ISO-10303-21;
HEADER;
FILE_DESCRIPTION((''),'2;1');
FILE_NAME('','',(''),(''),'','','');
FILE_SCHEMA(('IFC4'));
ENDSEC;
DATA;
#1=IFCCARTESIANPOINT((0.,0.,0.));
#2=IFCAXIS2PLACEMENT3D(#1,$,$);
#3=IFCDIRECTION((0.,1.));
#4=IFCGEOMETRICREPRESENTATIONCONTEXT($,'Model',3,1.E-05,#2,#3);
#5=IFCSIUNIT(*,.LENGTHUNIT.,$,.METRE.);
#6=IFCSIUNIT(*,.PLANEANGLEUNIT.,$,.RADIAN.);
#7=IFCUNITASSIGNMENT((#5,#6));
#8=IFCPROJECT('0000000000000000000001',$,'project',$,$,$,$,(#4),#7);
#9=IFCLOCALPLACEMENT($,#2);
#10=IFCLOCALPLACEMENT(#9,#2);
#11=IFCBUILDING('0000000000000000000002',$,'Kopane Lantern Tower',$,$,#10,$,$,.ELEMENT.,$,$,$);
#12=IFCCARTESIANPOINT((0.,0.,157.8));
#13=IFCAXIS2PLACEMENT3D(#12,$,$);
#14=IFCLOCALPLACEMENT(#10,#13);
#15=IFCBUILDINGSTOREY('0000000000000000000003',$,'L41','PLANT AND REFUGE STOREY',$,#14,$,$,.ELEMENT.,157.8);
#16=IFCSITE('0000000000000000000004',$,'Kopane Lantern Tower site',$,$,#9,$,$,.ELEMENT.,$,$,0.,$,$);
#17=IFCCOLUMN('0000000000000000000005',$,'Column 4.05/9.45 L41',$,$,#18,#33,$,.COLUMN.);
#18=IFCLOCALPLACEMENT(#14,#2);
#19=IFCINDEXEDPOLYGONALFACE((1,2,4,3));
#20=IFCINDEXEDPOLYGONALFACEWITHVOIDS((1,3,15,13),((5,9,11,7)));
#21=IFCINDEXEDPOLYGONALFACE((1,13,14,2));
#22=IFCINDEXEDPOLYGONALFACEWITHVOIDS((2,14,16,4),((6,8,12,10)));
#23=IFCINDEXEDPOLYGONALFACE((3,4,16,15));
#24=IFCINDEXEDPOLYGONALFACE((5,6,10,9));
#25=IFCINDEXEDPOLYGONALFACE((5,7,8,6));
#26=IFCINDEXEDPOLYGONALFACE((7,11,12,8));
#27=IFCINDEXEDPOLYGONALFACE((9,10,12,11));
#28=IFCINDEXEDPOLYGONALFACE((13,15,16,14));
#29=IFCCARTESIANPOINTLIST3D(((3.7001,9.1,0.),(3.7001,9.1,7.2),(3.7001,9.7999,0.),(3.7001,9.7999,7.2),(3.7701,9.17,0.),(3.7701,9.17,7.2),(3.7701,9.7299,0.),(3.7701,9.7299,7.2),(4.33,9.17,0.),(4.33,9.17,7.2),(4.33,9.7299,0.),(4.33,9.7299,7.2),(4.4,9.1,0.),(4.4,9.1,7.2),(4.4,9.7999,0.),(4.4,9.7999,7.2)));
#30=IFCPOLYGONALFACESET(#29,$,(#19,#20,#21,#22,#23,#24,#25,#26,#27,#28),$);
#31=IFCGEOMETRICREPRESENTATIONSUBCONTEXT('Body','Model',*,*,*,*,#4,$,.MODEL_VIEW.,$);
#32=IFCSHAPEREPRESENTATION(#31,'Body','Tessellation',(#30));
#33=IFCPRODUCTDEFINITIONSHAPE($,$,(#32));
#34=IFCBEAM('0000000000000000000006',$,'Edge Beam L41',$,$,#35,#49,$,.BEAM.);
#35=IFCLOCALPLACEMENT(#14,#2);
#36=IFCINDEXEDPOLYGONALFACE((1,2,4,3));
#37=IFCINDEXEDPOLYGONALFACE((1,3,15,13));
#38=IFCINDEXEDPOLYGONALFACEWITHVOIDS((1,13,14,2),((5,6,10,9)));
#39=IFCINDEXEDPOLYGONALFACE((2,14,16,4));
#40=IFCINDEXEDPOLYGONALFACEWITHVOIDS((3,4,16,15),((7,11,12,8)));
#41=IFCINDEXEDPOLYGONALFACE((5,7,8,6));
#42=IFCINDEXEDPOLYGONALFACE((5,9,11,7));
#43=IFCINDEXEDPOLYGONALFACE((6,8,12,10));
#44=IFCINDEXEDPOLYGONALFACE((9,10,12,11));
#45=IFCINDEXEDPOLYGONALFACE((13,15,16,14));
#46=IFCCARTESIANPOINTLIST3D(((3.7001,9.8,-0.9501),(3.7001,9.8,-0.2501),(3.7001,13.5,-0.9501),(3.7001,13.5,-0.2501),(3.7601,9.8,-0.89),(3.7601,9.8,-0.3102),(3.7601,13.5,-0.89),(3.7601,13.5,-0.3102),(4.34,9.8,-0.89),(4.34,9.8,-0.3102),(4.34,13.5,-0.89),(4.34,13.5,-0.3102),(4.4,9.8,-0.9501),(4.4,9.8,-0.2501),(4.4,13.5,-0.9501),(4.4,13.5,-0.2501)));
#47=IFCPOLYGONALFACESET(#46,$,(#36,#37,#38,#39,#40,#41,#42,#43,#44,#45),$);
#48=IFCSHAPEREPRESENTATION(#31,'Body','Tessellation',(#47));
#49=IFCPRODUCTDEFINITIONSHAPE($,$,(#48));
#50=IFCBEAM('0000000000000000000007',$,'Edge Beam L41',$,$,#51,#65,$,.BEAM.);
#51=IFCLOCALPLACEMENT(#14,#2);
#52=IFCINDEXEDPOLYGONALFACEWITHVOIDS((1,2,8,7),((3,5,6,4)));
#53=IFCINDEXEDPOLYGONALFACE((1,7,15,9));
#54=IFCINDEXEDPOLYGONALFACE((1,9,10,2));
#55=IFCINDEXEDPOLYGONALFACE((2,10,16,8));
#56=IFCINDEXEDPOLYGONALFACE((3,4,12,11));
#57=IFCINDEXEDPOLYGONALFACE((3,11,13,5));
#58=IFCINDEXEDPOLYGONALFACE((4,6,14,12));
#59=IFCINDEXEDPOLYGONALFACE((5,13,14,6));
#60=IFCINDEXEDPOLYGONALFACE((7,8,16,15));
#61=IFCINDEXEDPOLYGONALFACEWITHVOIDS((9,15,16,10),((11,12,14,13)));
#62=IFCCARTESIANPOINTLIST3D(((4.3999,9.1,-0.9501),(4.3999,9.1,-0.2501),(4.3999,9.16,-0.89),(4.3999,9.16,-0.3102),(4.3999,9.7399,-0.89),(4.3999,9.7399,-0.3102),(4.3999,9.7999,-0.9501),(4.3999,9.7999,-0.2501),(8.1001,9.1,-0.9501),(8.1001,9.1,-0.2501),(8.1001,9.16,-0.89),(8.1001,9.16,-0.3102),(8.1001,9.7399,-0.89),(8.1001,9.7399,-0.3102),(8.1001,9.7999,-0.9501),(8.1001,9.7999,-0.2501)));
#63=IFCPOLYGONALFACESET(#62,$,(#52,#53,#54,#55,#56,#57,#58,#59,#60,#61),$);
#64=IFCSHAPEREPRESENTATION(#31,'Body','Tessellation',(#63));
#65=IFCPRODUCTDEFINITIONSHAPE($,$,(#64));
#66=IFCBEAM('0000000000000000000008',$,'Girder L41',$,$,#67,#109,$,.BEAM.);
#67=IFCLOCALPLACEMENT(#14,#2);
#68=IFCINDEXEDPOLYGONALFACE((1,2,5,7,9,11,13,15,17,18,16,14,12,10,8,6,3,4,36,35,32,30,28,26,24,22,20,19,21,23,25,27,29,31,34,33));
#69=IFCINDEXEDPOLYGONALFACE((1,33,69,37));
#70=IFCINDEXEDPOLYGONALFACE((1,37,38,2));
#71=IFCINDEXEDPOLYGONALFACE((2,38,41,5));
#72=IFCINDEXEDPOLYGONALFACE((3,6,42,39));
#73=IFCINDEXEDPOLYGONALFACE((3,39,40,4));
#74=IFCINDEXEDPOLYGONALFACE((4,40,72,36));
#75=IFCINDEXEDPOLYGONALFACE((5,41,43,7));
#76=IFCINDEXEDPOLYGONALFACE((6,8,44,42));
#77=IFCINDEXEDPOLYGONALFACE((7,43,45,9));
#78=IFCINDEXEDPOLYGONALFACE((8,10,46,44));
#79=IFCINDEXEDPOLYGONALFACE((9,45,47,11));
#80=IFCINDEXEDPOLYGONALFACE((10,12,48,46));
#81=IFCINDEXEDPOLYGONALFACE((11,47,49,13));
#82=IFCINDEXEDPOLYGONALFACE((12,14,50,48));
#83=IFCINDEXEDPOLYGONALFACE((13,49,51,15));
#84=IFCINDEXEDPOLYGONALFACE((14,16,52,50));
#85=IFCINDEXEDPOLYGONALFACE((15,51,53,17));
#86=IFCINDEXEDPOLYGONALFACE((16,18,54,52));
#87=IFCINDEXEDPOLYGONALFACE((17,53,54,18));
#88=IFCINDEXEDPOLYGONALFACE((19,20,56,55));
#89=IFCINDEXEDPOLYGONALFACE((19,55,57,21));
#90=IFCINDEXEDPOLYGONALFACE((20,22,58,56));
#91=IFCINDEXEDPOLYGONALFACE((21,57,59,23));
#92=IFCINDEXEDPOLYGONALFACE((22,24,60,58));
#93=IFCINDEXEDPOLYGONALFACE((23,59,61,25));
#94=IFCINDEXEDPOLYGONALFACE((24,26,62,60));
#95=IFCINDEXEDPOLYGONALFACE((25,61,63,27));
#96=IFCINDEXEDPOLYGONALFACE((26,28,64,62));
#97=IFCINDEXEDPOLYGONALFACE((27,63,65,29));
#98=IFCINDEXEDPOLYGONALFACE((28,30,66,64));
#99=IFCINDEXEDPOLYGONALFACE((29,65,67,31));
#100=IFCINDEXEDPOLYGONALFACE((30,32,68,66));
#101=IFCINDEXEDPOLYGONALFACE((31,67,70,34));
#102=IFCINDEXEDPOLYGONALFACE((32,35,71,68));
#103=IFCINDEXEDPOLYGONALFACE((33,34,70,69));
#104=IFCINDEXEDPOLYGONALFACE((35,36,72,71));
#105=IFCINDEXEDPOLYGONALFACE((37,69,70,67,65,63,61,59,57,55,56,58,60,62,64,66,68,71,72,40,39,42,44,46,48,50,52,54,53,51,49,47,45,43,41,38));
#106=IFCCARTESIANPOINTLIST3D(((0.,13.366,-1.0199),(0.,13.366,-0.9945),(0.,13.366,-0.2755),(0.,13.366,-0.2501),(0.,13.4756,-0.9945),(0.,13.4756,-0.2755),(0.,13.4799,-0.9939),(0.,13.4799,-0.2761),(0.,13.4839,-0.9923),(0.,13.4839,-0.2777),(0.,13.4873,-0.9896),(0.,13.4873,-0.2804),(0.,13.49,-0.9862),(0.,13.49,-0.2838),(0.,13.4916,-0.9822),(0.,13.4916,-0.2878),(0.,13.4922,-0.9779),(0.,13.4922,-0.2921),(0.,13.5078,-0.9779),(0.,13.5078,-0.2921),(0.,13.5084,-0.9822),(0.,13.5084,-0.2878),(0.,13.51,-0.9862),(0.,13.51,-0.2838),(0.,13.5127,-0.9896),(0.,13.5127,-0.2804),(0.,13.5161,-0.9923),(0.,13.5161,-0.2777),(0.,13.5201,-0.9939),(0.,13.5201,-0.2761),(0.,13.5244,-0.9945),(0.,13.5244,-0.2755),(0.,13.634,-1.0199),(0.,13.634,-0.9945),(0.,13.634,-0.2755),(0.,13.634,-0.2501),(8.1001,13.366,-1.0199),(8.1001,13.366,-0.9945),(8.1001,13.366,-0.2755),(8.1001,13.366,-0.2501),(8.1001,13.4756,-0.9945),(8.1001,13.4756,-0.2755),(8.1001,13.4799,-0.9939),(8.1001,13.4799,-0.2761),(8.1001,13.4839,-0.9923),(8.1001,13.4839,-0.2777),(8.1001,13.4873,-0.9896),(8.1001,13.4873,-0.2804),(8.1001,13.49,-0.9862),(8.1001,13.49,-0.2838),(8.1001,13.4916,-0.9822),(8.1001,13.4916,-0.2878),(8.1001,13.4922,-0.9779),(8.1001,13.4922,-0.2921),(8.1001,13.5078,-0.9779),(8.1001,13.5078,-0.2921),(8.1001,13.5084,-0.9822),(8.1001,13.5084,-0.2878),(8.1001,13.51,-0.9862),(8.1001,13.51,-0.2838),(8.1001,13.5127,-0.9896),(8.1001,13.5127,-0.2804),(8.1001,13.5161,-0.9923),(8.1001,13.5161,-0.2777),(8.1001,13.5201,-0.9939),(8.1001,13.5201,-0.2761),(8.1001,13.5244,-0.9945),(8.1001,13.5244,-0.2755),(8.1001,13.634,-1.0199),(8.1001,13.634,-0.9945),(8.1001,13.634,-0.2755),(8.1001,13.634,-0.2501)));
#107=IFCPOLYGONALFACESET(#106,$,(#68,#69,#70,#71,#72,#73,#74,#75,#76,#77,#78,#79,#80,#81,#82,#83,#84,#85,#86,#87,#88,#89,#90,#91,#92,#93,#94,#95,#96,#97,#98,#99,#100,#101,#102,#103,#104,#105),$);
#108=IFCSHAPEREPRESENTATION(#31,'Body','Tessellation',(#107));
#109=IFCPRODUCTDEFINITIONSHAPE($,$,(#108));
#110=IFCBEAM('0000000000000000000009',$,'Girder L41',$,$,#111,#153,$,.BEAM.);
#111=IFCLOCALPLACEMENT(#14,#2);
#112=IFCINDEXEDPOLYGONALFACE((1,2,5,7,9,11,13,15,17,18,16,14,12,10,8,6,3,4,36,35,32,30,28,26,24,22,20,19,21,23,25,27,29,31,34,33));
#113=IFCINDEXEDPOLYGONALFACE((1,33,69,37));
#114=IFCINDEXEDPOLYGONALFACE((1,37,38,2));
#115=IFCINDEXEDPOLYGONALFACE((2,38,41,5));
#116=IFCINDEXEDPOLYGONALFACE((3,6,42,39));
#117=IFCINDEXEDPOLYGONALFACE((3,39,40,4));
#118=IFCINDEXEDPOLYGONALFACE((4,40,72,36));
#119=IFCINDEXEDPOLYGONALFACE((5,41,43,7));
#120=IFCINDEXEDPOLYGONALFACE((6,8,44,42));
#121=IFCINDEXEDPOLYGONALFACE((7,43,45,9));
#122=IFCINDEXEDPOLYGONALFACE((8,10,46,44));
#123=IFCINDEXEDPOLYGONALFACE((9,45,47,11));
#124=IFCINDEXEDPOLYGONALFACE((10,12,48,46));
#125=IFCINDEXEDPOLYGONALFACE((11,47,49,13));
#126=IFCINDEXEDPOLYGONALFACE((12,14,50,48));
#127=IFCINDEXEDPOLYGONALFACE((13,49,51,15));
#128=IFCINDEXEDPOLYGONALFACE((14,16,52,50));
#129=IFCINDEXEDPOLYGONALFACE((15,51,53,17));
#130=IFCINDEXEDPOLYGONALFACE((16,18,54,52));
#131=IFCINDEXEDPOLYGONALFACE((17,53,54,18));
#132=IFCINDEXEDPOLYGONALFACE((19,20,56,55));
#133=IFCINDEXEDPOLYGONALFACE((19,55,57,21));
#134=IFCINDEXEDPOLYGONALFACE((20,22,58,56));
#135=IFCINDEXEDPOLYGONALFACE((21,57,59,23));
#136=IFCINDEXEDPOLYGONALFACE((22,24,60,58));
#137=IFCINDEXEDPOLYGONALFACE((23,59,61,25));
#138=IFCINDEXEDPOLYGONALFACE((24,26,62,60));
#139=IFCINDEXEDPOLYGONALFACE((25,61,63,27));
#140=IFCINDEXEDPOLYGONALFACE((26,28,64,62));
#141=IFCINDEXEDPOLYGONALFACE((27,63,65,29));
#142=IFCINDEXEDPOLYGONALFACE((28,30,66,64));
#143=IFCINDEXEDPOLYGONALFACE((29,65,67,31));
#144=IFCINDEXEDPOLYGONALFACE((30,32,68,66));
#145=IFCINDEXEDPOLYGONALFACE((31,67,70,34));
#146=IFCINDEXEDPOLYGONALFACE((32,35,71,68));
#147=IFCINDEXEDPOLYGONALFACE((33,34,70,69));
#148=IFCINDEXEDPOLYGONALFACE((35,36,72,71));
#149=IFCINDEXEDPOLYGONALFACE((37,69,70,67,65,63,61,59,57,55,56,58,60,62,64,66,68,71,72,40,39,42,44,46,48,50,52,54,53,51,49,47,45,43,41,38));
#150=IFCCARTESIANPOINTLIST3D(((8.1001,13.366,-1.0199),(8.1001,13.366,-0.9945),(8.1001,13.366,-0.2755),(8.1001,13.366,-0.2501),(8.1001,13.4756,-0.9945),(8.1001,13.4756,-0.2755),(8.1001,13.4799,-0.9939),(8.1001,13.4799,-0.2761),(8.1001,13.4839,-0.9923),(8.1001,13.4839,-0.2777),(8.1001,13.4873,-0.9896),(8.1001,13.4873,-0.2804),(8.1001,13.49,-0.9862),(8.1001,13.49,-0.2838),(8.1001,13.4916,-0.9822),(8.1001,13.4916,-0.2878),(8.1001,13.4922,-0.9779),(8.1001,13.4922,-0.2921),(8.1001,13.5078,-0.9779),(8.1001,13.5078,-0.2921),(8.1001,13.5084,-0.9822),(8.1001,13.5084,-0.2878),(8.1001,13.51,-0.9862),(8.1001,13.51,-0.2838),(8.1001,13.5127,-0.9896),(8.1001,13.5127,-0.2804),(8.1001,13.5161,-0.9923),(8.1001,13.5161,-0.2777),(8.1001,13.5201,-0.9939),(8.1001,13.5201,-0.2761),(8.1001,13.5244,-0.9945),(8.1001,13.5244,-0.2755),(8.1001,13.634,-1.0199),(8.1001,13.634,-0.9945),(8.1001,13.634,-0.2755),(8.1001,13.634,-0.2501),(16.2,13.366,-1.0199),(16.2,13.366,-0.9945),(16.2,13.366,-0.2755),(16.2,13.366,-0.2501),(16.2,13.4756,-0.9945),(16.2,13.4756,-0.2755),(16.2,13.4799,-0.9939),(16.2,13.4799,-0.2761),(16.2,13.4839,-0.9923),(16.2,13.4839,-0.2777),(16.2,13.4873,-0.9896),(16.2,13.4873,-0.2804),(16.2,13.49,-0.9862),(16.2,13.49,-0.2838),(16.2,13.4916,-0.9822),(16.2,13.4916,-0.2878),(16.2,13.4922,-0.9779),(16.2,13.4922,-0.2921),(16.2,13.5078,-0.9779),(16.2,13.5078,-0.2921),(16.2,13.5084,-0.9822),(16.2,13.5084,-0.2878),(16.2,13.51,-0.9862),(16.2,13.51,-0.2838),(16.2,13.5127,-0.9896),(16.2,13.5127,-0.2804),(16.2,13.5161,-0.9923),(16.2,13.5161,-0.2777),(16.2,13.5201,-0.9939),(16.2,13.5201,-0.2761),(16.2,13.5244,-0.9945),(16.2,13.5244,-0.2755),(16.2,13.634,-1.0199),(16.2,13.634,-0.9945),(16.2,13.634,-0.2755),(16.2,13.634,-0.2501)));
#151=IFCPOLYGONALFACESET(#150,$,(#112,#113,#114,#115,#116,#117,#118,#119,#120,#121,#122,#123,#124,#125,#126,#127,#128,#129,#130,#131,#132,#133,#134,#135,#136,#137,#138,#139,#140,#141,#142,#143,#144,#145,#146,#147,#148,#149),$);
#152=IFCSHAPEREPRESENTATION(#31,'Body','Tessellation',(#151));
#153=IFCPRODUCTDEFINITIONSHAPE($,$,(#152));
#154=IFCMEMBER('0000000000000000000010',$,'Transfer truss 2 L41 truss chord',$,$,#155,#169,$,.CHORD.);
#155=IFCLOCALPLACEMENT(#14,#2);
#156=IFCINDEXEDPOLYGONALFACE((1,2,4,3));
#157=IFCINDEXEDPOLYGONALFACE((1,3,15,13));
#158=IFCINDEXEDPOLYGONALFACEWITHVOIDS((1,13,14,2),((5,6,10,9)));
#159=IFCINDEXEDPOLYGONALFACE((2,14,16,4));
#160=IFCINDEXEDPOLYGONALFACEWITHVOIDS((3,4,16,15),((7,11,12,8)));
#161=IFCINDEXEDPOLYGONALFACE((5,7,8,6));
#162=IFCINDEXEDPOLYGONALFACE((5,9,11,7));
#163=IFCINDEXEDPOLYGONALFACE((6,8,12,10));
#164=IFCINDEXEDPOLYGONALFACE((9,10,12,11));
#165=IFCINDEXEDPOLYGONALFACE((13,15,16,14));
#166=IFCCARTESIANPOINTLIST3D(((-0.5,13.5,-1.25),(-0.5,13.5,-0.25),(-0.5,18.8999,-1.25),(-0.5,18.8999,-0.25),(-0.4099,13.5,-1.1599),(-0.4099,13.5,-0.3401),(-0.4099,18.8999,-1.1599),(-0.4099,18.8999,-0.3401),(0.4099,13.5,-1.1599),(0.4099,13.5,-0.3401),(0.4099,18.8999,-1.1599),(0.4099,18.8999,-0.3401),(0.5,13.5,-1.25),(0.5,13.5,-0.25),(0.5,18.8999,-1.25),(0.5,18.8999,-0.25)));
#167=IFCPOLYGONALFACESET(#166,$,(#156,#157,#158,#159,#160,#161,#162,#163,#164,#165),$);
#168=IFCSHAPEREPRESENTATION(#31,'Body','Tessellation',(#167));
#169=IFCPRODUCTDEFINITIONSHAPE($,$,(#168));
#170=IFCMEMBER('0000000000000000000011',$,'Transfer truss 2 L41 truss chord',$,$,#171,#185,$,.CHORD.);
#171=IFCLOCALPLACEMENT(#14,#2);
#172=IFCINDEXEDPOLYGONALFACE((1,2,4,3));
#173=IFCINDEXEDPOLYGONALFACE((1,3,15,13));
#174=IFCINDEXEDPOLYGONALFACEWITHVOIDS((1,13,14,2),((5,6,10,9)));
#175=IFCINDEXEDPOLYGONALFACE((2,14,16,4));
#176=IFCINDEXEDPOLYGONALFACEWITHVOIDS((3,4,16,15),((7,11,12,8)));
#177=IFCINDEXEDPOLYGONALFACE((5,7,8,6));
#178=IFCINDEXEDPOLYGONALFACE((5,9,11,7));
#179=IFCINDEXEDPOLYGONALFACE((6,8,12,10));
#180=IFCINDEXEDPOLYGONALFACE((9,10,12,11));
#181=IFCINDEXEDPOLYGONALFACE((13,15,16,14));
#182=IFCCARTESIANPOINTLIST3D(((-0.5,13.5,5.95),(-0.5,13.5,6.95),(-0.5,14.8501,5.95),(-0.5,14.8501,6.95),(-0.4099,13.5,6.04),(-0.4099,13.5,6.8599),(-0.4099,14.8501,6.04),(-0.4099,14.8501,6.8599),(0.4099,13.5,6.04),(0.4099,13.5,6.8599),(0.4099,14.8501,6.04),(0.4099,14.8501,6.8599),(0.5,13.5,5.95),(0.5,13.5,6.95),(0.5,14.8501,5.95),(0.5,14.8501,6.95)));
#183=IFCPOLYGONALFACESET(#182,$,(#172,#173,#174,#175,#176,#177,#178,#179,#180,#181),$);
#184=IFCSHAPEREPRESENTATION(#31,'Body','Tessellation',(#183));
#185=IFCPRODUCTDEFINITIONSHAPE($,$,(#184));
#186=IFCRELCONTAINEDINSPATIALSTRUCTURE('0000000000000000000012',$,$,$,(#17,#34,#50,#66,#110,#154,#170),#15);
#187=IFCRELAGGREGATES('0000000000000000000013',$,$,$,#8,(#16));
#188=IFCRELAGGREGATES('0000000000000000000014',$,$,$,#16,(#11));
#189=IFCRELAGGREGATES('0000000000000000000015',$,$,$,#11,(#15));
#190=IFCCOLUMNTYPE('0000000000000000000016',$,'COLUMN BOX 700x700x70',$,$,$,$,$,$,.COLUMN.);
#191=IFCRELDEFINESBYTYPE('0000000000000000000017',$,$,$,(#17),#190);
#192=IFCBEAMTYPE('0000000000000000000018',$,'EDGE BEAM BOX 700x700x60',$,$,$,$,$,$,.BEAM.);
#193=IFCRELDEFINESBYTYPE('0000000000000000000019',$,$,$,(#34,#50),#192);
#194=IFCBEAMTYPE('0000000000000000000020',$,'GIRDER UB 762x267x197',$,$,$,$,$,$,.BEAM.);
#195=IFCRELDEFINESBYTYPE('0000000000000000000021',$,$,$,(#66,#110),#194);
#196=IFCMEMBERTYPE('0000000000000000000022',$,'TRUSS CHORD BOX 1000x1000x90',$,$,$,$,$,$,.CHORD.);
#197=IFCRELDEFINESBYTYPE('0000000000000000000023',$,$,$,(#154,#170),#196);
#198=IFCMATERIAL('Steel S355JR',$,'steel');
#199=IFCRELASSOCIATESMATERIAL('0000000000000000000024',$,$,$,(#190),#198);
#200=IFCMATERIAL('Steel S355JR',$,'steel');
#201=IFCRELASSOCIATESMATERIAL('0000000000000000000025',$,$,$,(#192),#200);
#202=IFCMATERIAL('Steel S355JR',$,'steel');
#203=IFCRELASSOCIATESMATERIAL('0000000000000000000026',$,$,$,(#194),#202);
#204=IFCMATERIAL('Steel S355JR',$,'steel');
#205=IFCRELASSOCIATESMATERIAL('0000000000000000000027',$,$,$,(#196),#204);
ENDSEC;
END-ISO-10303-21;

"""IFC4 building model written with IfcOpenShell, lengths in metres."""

from ifc_helpers import new_model, si_unit, direction, frame, origin, origin_2d, place, context, subcontext, project, spatial, hollow_rectangle, i_section, extrude, material, material_profile, profile_set, type_object, element, save


model = new_model("IFC4")

# Units and contexts
model_context = context("Model", 3, precision=1e-05, world=origin(), true_north=direction((0.0, 1.0)))
body_context = subcontext(model_context, "Body", "Model", "MODEL_VIEW")
ifc_project = project(units=[si_unit("LENGTHUNIT", "METRE"), si_unit("PLANEANGLEUNIT", "RADIAN")], contexts=[model_context])

# Site, building, storey
site_placement = place(None, origin())
site = spatial("IfcSite", under=ifc_project, at=site_placement, Name="Kopane Lantern Tower site", CompositionType="ELEMENT", RefElevation=0.0)
building_placement = place(site_placement, origin())
building = spatial("IfcBuilding", under=site, at=building_placement, Name="Kopane Lantern Tower", CompositionType="ELEMENT")
storey_placement = place(building_placement, frame((0.0, 0.0, 157.8)))
storey = spatial("IfcBuildingStorey", under=building, at=storey_placement, Name="L41", Description="PLANT AND REFUGE STOREY", CompositionType="ELEMENT", Elevation=157.8)

# Column
ifc_material_1 = material(Name="Steel S355JR", Category="steel")
ifc_material_profile_1 = material_profile(ifc_material_1, hollow_rectangle(XDim=0.7, YDim=0.7, WallThickness=0.0701, at=origin_2d()), Name="BOX 700x700x70")
ifc_profile_set_1 = profile_set([ifc_material_profile_1], Name="Steel S355JR")
column_type = type_object("IfcColumnType", Name="COLUMN BOX 700x700x70", PredefinedType="COLUMN", material=ifc_profile_set_1)
column_placement = place(storey_placement, frame((4.05, 9.45, 0.0), z_axis=(0.0, 0.0, 1.0), x_axis=(1.0, 0.0, 0.0)))
element("IfcColumn", 1, at=column_placement, inside=storey, type_object=column_type, Name="Column 4.05/9.45 L41", PredefinedType="COLUMN", context=body_context, shape_type="SweptSolid", body=[
    extrude(hollow_rectangle(XDim=0.7, YDim=0.7, WallThickness=0.0701, at=origin_2d()), origin(), (0.0, 0.0, 1.0), 7.2),
])

# Beams
ifc_material_2 = material(Name="Steel S355JR", Category="steel")
ifc_material_profile_2 = material_profile(ifc_material_2, hollow_rectangle(XDim=0.7, YDim=0.7, WallThickness=0.0601, at=origin_2d()), Name="BOX 700x700x60")
ifc_profile_set_2 = profile_set([ifc_material_profile_2], Name="Steel S355JR")
beam_type_1 = type_object("IfcBeamType", Name="EDGE BEAM BOX 700x700x60", PredefinedType="BEAM", material=ifc_profile_set_2)
beam_1_placement = place(storey_placement, frame((4.05, 9.8, -0.6001), z_axis=(0.0, 1.0, 0.0), x_axis=(-1.0, 0.0, 0.0)))
element("IfcBeam", 2, at=beam_1_placement, inside=storey, type_object=beam_type_1, Name="Edge Beam L41", PredefinedType="BEAM", context=body_context, shape_type="SweptSolid", body=[
    extrude(hollow_rectangle(XDim=0.7, YDim=0.7, WallThickness=0.0601, at=origin_2d()), origin(), (0.0, 0.0, 1.0), 3.7),
])
beam_2_placement = place(storey_placement, frame((4.3999, 9.45, -0.6001), z_axis=(1.0, 0.0, 0.0), x_axis=(0.0, 1.0, 0.0)))
element("IfcBeam", 3, at=beam_2_placement, inside=storey, type_object=beam_type_1, Name="Edge Beam L41", PredefinedType="BEAM", context=body_context, shape_type="SweptSolid", body=[
    extrude(hollow_rectangle(XDim=0.7, YDim=0.7, WallThickness=0.0601, at=origin_2d()), origin(), (0.0, 0.0, 1.0), 3.7002),
])
ifc_material_3 = material(Name="Steel S355JR", Category="steel")
ifc_material_profile_3 = material_profile(ifc_material_3, i_section(OverallWidth=0.2681, OverallDepth=0.7698, WebThickness=0.0156, FlangeThickness=0.0254, FilletRadius=0.0166, at=origin_2d()), Name="UB 762x267x197")
ifc_profile_set_3 = profile_set([ifc_material_profile_3], Name="Steel S355JR")
beam_type_2 = type_object("IfcBeamType", Name="GIRDER UB 762x267x197", PredefinedType="BEAM", material=ifc_profile_set_3)
beam_3_placement = place(storey_placement, frame((0.0, 13.5, -0.635), z_axis=(1.0, 0.0, 0.0), x_axis=(0.0, 1.0, 0.0)))
element("IfcBeam", 4, at=beam_3_placement, inside=storey, type_object=beam_type_2, Name="Girder L41", PredefinedType="BEAM", context=body_context, shape_type="SweptSolid", body=[
    extrude(i_section(OverallWidth=0.2681, OverallDepth=0.7698, WebThickness=0.0156, FlangeThickness=0.0254, FilletRadius=0.0166, at=origin_2d()), origin(), (0.0, 0.0, 1.0), 8.1001),
])
beam_4_placement = place(storey_placement, frame((8.1001, 13.5, -0.635), z_axis=(1.0, 0.0, 0.0), x_axis=(0.0, 1.0, 0.0)))
element("IfcBeam", 5, at=beam_4_placement, inside=storey, type_object=beam_type_2, Name="Girder L41", PredefinedType="BEAM", context=body_context, shape_type="SweptSolid", body=[
    extrude(i_section(OverallWidth=0.2681, OverallDepth=0.7698, WebThickness=0.0156, FlangeThickness=0.0254, FilletRadius=0.0166, at=origin_2d()), origin(), (0.0, 0.0, 1.0), 8.0999),
])

# Members
ifc_material_4 = material(Name="Steel S355JR", Category="steel")
ifc_material_profile_4 = material_profile(ifc_material_4, hollow_rectangle(XDim=1.0, YDim=1.0, WallThickness=0.0901, at=origin_2d()), Name="BOX 1000x1000x90")
ifc_profile_set_4 = profile_set([ifc_material_profile_4], Name="Steel S355JR")
member_type_1 = type_object("IfcMemberType", Name="TRUSS CHORD BOX 1000x1000x90", PredefinedType="CHORD", material=ifc_profile_set_4)
member_1_placement = place(storey_placement, frame((0.0, 13.5, -0.75), z_axis=(0.0, 1.0, 0.0), x_axis=(-1.0, 0.0, 0.0)))
element("IfcMember", 6, at=member_1_placement, inside=storey, type_object=member_type_1, Name="Transfer truss 2 L41 truss chord", PredefinedType="CHORD", context=body_context, shape_type="SweptSolid", body=[
    extrude(hollow_rectangle(XDim=1.0, YDim=1.0, WallThickness=0.0901, at=origin_2d()), origin(), (0.0, 0.0, 1.0), 5.3999),
])
member_2_placement = place(storey_placement, frame((0.0, 13.5, 6.45), z_axis=(0.0, 1.0, 0.0), x_axis=(-1.0, 0.0, 0.0)))
element("IfcMember", 7, at=member_2_placement, inside=storey, type_object=member_type_1, Name="Transfer truss 2 L41 truss chord", PredefinedType="CHORD", context=body_context, shape_type="SweptSolid", body=[
    extrude(hollow_rectangle(XDim=1.0, YDim=1.0, WallThickness=0.0901, at=origin_2d()), origin(), (0.0, 0.0, 1.0), 1.3501),
])

save(model, "model.ifc")
